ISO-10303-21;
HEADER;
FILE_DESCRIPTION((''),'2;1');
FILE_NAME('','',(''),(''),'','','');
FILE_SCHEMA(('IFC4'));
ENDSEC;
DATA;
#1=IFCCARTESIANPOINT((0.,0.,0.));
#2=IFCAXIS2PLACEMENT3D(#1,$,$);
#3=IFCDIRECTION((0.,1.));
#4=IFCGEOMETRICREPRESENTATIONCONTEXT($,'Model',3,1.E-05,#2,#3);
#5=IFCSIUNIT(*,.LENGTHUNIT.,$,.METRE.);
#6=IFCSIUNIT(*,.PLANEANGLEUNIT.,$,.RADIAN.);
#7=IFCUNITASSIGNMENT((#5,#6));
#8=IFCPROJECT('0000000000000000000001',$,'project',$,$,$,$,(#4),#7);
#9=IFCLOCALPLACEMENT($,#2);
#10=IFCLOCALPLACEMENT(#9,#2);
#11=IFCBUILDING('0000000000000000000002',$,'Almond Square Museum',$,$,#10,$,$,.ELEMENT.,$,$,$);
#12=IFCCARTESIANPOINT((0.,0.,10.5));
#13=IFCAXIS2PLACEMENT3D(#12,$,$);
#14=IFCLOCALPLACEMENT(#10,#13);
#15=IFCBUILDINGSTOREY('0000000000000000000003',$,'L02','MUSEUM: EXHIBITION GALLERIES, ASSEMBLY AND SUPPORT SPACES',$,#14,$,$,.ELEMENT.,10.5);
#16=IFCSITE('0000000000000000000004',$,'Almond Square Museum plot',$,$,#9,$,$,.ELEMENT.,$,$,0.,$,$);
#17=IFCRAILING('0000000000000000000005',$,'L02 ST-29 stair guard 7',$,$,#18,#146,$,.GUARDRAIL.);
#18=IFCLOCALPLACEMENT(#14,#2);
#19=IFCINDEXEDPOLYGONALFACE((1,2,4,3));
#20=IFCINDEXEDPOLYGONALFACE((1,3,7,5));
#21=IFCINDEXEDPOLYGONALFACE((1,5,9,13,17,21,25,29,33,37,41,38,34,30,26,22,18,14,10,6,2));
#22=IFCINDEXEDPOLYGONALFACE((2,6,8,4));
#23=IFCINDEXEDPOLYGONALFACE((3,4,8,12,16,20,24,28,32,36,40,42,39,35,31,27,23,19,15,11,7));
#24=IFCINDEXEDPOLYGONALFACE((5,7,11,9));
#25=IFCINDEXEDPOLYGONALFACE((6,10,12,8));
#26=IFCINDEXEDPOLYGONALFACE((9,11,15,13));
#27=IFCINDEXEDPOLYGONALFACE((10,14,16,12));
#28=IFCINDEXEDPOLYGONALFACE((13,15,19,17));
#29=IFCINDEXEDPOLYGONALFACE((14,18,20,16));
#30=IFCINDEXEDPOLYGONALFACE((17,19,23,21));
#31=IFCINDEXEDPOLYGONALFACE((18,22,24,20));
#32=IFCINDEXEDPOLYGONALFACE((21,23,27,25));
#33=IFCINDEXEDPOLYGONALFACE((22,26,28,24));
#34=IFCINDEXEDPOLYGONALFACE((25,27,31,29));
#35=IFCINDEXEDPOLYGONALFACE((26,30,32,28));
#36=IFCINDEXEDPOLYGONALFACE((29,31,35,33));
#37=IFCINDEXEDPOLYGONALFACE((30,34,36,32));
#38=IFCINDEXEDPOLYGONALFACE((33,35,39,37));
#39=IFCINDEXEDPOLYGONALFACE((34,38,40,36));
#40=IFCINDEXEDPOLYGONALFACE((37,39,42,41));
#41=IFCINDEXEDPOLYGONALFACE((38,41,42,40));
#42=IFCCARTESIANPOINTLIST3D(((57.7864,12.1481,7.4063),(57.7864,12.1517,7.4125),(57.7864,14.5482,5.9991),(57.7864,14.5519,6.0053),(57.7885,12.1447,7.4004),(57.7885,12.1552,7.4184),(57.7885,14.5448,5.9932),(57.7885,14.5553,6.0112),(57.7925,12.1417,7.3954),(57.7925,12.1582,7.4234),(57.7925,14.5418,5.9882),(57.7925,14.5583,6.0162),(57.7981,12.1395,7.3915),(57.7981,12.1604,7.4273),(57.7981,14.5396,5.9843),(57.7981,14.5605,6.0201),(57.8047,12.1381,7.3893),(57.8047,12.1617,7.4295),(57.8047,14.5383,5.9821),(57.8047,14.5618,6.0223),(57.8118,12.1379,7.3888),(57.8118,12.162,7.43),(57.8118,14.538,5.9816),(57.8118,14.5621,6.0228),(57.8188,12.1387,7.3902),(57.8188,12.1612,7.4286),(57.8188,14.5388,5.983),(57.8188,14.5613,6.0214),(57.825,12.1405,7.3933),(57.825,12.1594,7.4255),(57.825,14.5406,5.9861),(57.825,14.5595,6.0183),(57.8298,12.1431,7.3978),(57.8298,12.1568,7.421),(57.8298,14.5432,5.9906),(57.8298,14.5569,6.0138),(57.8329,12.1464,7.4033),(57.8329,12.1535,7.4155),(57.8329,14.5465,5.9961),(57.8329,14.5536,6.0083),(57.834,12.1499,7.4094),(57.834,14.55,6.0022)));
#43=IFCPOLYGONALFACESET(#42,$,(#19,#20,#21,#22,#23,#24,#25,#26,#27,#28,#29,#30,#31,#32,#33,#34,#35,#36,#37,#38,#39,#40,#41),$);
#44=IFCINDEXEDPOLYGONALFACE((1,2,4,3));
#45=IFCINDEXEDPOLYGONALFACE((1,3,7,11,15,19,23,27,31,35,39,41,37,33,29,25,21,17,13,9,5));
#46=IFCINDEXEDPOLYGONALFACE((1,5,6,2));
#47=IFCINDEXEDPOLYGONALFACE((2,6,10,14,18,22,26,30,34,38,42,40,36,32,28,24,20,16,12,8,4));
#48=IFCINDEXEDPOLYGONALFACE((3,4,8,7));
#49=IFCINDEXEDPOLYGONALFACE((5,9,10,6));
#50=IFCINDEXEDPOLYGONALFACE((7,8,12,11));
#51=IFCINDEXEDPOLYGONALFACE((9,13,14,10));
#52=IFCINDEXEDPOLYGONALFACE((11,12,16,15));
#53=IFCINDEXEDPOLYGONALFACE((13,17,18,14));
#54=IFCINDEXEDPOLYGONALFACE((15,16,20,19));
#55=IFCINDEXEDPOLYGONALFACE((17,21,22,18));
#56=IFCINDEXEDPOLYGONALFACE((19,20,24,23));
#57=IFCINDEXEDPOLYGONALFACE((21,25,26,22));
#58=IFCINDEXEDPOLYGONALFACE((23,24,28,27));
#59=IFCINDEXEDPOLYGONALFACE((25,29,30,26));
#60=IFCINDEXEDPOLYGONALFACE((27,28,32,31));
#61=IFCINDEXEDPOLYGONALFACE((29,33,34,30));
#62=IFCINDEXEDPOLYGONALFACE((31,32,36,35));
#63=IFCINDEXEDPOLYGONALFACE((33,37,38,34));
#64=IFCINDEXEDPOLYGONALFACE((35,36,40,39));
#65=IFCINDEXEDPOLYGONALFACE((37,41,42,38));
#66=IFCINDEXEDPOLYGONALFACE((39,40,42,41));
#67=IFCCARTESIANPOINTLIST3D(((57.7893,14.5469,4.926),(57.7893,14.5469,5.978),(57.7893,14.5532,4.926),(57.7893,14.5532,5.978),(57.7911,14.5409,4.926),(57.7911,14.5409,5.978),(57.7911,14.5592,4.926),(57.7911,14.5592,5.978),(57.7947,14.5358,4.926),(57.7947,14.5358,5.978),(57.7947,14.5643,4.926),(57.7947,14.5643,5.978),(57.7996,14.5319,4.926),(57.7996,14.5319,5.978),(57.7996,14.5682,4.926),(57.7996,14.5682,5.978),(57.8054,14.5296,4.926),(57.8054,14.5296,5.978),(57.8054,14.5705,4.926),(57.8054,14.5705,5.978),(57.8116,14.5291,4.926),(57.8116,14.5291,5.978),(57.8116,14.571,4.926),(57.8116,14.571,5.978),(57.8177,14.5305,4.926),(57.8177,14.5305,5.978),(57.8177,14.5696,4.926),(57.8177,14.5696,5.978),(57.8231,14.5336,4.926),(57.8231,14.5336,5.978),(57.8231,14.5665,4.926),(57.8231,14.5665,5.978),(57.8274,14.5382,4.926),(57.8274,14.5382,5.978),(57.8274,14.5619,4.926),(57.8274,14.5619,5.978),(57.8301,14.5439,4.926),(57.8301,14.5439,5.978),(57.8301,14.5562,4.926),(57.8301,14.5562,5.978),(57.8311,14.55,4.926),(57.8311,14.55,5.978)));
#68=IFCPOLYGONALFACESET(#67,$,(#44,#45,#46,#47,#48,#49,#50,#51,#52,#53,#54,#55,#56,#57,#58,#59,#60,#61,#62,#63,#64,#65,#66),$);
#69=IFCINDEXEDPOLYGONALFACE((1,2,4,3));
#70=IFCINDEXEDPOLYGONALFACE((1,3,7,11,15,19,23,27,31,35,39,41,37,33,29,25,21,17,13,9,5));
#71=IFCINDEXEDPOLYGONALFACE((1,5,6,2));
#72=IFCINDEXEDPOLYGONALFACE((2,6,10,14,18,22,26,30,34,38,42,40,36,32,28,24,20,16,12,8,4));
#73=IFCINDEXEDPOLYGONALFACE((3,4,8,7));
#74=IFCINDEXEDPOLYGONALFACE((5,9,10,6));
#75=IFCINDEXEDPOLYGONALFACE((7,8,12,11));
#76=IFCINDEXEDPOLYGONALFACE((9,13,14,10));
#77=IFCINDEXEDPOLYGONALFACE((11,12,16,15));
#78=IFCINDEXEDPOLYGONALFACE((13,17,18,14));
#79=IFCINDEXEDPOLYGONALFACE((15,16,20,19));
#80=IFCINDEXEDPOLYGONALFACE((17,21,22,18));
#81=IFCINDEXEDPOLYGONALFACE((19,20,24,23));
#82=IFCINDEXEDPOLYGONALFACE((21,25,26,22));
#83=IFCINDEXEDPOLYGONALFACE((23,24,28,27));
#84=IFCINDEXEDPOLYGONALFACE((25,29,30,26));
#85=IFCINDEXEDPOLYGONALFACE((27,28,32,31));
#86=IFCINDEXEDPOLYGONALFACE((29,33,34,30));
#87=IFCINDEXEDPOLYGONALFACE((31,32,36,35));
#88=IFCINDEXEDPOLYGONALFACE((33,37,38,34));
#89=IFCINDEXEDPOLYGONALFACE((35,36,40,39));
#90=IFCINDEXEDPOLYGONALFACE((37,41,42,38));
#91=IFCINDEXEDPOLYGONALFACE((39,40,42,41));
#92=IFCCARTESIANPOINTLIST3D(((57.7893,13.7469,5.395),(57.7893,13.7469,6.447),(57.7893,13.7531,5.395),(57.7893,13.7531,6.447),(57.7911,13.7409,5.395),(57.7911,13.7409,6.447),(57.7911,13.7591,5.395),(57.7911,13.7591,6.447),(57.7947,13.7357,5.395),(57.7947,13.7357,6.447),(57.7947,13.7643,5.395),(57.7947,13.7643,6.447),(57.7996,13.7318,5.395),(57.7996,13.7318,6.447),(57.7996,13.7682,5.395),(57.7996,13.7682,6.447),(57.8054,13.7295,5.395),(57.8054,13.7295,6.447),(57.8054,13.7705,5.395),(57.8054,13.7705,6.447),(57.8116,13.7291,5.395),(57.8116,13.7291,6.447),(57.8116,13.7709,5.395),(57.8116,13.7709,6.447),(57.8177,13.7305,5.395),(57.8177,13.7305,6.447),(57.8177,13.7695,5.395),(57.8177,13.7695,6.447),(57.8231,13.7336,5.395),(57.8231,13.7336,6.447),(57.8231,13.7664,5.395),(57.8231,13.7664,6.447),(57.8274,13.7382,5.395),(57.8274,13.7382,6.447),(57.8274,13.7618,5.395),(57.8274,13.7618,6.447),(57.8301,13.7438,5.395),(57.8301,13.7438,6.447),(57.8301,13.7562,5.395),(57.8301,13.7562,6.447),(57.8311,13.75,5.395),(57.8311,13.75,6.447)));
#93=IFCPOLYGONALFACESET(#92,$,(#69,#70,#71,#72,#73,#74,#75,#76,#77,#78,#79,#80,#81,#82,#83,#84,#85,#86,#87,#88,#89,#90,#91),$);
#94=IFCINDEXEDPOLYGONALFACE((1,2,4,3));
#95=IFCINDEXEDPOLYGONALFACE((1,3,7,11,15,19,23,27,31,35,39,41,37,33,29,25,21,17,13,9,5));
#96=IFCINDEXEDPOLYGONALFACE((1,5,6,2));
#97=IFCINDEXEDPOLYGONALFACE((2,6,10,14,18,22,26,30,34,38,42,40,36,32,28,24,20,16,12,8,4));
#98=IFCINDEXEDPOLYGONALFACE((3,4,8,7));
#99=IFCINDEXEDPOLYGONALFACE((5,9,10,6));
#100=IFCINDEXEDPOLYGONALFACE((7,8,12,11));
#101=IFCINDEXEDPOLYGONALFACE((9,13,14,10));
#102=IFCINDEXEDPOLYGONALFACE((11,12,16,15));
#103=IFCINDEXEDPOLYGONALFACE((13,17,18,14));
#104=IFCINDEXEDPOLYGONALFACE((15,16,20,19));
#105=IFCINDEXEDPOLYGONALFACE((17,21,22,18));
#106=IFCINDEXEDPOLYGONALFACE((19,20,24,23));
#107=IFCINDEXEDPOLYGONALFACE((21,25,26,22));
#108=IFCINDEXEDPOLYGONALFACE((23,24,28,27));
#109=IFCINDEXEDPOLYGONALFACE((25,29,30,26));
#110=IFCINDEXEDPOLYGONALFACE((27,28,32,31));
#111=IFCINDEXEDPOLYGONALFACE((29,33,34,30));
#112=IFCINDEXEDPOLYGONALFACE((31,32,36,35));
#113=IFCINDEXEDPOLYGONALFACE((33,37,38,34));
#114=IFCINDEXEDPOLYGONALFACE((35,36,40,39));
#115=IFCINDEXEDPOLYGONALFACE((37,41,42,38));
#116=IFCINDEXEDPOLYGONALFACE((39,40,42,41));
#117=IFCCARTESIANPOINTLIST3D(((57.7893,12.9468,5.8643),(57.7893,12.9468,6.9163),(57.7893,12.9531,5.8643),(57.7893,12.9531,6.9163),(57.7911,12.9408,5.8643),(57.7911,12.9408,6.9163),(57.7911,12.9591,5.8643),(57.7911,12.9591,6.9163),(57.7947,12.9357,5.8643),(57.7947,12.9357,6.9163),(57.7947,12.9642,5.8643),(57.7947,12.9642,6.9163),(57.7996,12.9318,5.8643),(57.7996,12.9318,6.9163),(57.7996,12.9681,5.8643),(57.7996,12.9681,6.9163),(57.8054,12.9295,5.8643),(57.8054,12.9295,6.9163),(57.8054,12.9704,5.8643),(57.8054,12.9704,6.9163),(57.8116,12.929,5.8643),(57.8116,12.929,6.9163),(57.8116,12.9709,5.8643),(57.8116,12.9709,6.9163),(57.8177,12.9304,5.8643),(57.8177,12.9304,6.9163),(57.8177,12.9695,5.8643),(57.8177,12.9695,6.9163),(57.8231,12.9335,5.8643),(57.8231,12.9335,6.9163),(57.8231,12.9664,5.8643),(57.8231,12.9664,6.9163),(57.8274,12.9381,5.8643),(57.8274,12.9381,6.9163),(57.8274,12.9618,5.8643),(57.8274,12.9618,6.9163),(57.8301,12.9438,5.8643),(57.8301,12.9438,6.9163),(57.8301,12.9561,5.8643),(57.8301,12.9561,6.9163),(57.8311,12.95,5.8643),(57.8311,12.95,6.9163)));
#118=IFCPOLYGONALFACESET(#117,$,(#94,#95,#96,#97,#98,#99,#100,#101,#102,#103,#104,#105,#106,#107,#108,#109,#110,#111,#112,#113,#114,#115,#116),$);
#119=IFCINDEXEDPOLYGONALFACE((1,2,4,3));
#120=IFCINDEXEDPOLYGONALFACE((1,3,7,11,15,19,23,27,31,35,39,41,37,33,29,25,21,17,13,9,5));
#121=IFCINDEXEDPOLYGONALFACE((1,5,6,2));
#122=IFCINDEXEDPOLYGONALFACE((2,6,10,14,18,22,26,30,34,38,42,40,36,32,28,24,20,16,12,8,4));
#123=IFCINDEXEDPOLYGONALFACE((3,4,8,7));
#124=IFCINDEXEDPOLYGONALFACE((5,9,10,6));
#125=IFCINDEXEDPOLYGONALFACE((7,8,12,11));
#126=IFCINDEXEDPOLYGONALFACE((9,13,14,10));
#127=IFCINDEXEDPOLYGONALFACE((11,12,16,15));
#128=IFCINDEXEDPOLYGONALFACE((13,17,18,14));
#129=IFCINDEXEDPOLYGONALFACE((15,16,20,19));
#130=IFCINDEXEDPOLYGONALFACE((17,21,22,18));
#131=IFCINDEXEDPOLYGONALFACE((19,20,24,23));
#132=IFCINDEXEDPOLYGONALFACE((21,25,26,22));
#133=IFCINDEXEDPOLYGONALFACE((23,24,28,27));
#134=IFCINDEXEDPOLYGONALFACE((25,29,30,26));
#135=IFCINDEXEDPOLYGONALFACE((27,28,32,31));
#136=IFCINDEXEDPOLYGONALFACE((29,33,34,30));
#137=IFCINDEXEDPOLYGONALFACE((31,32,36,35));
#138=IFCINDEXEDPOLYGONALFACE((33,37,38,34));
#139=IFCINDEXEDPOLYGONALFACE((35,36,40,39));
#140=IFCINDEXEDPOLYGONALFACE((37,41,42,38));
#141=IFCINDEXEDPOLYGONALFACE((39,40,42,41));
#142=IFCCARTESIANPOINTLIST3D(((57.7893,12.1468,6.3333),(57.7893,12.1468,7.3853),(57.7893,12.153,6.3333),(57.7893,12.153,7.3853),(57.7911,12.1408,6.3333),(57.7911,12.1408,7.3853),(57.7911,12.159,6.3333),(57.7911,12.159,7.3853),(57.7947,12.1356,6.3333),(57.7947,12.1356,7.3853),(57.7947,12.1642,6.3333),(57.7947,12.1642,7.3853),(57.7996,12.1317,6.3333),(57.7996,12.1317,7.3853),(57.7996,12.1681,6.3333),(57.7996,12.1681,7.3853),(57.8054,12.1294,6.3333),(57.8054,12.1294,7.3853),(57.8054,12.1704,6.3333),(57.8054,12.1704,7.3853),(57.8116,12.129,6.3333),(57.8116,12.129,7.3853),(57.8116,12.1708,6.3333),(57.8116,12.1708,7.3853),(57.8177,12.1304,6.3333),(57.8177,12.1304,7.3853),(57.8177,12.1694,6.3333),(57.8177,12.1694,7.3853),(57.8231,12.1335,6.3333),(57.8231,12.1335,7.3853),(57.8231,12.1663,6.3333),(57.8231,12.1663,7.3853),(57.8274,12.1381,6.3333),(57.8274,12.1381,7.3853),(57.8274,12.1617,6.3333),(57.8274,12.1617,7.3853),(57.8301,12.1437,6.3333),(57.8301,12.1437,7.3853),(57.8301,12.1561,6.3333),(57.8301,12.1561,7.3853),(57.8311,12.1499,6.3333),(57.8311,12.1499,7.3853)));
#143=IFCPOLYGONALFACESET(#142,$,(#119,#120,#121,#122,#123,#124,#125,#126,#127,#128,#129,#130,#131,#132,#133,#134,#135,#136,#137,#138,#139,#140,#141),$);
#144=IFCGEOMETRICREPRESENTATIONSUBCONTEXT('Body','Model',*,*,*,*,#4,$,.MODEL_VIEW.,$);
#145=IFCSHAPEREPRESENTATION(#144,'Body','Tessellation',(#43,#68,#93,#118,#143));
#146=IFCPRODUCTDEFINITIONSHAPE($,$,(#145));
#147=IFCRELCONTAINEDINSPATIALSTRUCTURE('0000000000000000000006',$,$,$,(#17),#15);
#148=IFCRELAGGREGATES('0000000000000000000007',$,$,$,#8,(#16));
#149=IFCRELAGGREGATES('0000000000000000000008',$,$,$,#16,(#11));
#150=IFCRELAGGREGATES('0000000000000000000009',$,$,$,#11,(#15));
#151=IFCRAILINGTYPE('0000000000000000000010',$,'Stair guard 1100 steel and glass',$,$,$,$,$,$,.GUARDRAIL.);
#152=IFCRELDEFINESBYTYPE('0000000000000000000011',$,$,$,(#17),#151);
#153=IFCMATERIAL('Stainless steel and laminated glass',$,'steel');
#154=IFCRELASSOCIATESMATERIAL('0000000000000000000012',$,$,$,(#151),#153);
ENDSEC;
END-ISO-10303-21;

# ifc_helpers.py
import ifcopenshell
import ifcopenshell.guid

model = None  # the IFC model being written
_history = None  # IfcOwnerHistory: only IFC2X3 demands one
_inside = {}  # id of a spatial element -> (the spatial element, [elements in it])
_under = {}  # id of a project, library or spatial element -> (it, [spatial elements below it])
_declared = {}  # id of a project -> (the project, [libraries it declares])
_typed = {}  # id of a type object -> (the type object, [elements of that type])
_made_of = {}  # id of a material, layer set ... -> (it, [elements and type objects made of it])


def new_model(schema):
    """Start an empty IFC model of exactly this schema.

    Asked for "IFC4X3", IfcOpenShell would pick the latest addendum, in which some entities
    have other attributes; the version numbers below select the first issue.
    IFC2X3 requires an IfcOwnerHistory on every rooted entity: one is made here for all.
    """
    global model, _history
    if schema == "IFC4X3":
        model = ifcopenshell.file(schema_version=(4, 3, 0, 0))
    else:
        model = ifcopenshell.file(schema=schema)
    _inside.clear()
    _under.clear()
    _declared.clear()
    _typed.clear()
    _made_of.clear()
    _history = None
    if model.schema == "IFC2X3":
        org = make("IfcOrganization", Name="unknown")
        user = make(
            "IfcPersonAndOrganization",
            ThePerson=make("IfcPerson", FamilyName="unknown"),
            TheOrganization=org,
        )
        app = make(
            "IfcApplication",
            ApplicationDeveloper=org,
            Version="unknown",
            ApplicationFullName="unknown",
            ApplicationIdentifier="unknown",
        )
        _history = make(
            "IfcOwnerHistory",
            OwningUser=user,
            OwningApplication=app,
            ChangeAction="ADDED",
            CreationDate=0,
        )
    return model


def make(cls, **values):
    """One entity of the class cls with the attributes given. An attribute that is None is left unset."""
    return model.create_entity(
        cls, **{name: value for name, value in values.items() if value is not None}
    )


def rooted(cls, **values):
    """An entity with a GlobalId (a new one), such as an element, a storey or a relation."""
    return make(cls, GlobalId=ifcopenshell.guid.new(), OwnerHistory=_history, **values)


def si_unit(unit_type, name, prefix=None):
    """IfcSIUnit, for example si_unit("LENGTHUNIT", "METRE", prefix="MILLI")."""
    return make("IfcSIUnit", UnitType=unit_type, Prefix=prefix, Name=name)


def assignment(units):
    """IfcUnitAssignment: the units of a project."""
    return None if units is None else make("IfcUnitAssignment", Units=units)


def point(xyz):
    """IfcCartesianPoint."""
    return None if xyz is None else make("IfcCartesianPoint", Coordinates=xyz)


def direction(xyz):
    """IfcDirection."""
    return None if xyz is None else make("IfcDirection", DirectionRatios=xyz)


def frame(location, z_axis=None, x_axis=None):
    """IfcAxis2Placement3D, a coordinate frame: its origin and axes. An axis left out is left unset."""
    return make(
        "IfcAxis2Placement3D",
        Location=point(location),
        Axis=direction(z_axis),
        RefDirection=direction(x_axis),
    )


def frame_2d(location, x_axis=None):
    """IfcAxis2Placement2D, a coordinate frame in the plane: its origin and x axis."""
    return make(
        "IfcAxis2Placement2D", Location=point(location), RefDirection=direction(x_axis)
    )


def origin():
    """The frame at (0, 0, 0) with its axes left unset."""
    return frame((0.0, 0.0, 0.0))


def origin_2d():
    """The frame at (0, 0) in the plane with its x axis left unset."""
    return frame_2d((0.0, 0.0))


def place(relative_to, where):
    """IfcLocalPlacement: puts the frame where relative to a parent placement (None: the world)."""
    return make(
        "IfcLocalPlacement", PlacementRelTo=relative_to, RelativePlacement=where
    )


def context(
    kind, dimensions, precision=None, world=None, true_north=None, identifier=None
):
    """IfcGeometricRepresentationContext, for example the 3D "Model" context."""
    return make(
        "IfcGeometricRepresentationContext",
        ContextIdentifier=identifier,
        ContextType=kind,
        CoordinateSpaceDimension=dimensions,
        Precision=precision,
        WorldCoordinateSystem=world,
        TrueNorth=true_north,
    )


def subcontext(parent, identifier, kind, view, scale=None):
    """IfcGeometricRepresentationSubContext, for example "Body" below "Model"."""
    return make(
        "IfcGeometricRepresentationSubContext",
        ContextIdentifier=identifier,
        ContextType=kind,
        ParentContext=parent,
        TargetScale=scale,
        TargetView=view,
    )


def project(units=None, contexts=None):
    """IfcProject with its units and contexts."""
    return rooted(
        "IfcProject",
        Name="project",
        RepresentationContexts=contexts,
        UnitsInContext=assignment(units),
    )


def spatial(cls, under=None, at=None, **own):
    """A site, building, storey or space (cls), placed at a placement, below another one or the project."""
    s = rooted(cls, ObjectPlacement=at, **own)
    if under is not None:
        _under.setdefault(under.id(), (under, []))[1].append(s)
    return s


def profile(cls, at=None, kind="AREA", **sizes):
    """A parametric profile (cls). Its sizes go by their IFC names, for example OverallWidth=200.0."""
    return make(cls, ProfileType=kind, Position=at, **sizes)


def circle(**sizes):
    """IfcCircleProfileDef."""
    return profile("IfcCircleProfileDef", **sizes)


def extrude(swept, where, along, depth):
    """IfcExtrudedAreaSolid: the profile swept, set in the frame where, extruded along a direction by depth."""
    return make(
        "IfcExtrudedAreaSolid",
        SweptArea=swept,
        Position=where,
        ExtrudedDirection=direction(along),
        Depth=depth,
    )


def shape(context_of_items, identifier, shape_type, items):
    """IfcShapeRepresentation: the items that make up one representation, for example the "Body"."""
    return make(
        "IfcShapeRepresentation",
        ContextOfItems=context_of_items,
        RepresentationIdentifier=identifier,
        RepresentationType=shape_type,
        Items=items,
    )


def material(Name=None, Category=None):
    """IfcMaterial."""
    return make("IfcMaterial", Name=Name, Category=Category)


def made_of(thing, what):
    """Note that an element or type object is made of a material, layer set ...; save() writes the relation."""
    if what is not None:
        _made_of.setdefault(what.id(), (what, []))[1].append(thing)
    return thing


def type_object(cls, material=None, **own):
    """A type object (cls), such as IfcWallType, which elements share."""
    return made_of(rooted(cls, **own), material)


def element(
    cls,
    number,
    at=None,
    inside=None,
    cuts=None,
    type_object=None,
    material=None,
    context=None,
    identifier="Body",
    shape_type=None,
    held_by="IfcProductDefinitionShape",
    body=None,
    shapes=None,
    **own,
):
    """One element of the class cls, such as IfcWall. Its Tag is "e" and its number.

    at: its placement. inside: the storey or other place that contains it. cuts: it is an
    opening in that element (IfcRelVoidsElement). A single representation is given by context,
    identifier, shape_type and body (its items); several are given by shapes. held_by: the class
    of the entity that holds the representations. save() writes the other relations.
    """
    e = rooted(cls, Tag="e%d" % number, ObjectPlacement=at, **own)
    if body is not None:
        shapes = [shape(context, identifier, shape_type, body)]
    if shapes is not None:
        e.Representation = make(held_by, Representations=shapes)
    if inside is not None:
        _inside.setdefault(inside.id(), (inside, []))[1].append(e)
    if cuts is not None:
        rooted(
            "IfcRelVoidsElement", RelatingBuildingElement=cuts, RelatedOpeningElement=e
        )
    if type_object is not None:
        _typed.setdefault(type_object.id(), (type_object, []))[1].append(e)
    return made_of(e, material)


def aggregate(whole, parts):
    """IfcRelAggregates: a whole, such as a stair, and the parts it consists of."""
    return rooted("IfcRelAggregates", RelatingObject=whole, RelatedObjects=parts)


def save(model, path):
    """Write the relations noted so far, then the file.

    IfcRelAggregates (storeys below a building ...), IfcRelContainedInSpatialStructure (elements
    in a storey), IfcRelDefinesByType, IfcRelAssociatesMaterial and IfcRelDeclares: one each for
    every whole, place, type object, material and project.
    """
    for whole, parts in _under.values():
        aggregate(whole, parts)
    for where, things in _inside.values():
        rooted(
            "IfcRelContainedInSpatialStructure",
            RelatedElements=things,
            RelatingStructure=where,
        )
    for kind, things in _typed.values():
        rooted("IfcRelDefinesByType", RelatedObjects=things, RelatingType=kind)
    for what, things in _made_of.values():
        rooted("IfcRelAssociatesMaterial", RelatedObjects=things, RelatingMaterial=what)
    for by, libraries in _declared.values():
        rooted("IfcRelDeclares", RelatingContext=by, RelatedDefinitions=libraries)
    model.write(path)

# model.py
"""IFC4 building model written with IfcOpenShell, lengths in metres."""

from ifc_helpers import new_model, si_unit, direction, frame, origin, origin_2d, place, context, subcontext, project, spatial, circle, extrude, material, type_object, element, save


model = new_model("IFC4")

# Units and contexts
model_context = context("Model", 3, precision=1e-05, world=origin(), true_north=direction((0.0, 1.0)))
body_context = subcontext(model_context, "Body", "Model", "MODEL_VIEW")
ifc_project = project(units=[si_unit("LENGTHUNIT", "METRE"), si_unit("PLANEANGLEUNIT", "RADIAN")], contexts=[model_context])

# Site, building, storey
site_placement = place(None, origin())
site = spatial("IfcSite", under=ifc_project, at=site_placement, Name="Almond Square Museum plot", CompositionType="ELEMENT", RefElevation=0.0)
building_placement = place(site_placement, origin())
building = spatial("IfcBuilding", under=site, at=building_placement, Name="Almond Square Museum", CompositionType="ELEMENT")
storey_placement = place(building_placement, frame((0.0, 0.0, 10.5)))
storey = spatial("IfcBuildingStorey", under=building, at=storey_placement, Name="L02", Description="MUSEUM: EXHIBITION GALLERIES, ASSEMBLY AND SUPPORT SPACES", CompositionType="ELEMENT", Elevation=10.5)

# Railing
ifc_material_1 = material(Name="Stainless steel and laminated glass", Category="steel")
railing_type_1 = type_object("IfcRailingType", Name="Stair guard 1100 steel and glass", PredefinedType="GUARDRAIL", material=ifc_material_1)
railing_1_placement = place(storey_placement, frame((57.8101, 14.55, 4.926)))
element("IfcRailing", 1, at=railing_1_placement, inside=storey, type_object=railing_type_1, Name="L02 ST-29 stair guard 7", PredefinedType="GUARDRAIL", context=body_context, shape_type="SweptSolid", body=[
    extrude(circle(Radius=0.0239, at=origin_2d()), frame((0.0, 0.0, 1.0762), z_axis=(0.0, -0.86266, 0.505785), x_axis=(1.0, 0.0, 0.0)), (0.0, 0.0, 1.0), 2.7822),
    extrude(circle(Radius=0.021, at=origin_2d()), origin(), (0.0, 0.0, 1.0), 1.052),
    extrude(circle(Radius=0.021, at=origin_2d()), frame((0.0, -0.8, 0.469)), (0.0, 0.0, 1.0), 1.052),
    extrude(circle(Radius=0.021, at=origin_2d()), frame((0.0, -1.6001, 0.9382)), (0.0, 0.0, 1.0), 1.052),
    extrude(circle(Radius=0.021, at=origin_2d()), frame((0.0, -2.4001, 1.4072)), (0.0, 0.0, 1.0), 1.052),
])

save(model, "model.ifc")
